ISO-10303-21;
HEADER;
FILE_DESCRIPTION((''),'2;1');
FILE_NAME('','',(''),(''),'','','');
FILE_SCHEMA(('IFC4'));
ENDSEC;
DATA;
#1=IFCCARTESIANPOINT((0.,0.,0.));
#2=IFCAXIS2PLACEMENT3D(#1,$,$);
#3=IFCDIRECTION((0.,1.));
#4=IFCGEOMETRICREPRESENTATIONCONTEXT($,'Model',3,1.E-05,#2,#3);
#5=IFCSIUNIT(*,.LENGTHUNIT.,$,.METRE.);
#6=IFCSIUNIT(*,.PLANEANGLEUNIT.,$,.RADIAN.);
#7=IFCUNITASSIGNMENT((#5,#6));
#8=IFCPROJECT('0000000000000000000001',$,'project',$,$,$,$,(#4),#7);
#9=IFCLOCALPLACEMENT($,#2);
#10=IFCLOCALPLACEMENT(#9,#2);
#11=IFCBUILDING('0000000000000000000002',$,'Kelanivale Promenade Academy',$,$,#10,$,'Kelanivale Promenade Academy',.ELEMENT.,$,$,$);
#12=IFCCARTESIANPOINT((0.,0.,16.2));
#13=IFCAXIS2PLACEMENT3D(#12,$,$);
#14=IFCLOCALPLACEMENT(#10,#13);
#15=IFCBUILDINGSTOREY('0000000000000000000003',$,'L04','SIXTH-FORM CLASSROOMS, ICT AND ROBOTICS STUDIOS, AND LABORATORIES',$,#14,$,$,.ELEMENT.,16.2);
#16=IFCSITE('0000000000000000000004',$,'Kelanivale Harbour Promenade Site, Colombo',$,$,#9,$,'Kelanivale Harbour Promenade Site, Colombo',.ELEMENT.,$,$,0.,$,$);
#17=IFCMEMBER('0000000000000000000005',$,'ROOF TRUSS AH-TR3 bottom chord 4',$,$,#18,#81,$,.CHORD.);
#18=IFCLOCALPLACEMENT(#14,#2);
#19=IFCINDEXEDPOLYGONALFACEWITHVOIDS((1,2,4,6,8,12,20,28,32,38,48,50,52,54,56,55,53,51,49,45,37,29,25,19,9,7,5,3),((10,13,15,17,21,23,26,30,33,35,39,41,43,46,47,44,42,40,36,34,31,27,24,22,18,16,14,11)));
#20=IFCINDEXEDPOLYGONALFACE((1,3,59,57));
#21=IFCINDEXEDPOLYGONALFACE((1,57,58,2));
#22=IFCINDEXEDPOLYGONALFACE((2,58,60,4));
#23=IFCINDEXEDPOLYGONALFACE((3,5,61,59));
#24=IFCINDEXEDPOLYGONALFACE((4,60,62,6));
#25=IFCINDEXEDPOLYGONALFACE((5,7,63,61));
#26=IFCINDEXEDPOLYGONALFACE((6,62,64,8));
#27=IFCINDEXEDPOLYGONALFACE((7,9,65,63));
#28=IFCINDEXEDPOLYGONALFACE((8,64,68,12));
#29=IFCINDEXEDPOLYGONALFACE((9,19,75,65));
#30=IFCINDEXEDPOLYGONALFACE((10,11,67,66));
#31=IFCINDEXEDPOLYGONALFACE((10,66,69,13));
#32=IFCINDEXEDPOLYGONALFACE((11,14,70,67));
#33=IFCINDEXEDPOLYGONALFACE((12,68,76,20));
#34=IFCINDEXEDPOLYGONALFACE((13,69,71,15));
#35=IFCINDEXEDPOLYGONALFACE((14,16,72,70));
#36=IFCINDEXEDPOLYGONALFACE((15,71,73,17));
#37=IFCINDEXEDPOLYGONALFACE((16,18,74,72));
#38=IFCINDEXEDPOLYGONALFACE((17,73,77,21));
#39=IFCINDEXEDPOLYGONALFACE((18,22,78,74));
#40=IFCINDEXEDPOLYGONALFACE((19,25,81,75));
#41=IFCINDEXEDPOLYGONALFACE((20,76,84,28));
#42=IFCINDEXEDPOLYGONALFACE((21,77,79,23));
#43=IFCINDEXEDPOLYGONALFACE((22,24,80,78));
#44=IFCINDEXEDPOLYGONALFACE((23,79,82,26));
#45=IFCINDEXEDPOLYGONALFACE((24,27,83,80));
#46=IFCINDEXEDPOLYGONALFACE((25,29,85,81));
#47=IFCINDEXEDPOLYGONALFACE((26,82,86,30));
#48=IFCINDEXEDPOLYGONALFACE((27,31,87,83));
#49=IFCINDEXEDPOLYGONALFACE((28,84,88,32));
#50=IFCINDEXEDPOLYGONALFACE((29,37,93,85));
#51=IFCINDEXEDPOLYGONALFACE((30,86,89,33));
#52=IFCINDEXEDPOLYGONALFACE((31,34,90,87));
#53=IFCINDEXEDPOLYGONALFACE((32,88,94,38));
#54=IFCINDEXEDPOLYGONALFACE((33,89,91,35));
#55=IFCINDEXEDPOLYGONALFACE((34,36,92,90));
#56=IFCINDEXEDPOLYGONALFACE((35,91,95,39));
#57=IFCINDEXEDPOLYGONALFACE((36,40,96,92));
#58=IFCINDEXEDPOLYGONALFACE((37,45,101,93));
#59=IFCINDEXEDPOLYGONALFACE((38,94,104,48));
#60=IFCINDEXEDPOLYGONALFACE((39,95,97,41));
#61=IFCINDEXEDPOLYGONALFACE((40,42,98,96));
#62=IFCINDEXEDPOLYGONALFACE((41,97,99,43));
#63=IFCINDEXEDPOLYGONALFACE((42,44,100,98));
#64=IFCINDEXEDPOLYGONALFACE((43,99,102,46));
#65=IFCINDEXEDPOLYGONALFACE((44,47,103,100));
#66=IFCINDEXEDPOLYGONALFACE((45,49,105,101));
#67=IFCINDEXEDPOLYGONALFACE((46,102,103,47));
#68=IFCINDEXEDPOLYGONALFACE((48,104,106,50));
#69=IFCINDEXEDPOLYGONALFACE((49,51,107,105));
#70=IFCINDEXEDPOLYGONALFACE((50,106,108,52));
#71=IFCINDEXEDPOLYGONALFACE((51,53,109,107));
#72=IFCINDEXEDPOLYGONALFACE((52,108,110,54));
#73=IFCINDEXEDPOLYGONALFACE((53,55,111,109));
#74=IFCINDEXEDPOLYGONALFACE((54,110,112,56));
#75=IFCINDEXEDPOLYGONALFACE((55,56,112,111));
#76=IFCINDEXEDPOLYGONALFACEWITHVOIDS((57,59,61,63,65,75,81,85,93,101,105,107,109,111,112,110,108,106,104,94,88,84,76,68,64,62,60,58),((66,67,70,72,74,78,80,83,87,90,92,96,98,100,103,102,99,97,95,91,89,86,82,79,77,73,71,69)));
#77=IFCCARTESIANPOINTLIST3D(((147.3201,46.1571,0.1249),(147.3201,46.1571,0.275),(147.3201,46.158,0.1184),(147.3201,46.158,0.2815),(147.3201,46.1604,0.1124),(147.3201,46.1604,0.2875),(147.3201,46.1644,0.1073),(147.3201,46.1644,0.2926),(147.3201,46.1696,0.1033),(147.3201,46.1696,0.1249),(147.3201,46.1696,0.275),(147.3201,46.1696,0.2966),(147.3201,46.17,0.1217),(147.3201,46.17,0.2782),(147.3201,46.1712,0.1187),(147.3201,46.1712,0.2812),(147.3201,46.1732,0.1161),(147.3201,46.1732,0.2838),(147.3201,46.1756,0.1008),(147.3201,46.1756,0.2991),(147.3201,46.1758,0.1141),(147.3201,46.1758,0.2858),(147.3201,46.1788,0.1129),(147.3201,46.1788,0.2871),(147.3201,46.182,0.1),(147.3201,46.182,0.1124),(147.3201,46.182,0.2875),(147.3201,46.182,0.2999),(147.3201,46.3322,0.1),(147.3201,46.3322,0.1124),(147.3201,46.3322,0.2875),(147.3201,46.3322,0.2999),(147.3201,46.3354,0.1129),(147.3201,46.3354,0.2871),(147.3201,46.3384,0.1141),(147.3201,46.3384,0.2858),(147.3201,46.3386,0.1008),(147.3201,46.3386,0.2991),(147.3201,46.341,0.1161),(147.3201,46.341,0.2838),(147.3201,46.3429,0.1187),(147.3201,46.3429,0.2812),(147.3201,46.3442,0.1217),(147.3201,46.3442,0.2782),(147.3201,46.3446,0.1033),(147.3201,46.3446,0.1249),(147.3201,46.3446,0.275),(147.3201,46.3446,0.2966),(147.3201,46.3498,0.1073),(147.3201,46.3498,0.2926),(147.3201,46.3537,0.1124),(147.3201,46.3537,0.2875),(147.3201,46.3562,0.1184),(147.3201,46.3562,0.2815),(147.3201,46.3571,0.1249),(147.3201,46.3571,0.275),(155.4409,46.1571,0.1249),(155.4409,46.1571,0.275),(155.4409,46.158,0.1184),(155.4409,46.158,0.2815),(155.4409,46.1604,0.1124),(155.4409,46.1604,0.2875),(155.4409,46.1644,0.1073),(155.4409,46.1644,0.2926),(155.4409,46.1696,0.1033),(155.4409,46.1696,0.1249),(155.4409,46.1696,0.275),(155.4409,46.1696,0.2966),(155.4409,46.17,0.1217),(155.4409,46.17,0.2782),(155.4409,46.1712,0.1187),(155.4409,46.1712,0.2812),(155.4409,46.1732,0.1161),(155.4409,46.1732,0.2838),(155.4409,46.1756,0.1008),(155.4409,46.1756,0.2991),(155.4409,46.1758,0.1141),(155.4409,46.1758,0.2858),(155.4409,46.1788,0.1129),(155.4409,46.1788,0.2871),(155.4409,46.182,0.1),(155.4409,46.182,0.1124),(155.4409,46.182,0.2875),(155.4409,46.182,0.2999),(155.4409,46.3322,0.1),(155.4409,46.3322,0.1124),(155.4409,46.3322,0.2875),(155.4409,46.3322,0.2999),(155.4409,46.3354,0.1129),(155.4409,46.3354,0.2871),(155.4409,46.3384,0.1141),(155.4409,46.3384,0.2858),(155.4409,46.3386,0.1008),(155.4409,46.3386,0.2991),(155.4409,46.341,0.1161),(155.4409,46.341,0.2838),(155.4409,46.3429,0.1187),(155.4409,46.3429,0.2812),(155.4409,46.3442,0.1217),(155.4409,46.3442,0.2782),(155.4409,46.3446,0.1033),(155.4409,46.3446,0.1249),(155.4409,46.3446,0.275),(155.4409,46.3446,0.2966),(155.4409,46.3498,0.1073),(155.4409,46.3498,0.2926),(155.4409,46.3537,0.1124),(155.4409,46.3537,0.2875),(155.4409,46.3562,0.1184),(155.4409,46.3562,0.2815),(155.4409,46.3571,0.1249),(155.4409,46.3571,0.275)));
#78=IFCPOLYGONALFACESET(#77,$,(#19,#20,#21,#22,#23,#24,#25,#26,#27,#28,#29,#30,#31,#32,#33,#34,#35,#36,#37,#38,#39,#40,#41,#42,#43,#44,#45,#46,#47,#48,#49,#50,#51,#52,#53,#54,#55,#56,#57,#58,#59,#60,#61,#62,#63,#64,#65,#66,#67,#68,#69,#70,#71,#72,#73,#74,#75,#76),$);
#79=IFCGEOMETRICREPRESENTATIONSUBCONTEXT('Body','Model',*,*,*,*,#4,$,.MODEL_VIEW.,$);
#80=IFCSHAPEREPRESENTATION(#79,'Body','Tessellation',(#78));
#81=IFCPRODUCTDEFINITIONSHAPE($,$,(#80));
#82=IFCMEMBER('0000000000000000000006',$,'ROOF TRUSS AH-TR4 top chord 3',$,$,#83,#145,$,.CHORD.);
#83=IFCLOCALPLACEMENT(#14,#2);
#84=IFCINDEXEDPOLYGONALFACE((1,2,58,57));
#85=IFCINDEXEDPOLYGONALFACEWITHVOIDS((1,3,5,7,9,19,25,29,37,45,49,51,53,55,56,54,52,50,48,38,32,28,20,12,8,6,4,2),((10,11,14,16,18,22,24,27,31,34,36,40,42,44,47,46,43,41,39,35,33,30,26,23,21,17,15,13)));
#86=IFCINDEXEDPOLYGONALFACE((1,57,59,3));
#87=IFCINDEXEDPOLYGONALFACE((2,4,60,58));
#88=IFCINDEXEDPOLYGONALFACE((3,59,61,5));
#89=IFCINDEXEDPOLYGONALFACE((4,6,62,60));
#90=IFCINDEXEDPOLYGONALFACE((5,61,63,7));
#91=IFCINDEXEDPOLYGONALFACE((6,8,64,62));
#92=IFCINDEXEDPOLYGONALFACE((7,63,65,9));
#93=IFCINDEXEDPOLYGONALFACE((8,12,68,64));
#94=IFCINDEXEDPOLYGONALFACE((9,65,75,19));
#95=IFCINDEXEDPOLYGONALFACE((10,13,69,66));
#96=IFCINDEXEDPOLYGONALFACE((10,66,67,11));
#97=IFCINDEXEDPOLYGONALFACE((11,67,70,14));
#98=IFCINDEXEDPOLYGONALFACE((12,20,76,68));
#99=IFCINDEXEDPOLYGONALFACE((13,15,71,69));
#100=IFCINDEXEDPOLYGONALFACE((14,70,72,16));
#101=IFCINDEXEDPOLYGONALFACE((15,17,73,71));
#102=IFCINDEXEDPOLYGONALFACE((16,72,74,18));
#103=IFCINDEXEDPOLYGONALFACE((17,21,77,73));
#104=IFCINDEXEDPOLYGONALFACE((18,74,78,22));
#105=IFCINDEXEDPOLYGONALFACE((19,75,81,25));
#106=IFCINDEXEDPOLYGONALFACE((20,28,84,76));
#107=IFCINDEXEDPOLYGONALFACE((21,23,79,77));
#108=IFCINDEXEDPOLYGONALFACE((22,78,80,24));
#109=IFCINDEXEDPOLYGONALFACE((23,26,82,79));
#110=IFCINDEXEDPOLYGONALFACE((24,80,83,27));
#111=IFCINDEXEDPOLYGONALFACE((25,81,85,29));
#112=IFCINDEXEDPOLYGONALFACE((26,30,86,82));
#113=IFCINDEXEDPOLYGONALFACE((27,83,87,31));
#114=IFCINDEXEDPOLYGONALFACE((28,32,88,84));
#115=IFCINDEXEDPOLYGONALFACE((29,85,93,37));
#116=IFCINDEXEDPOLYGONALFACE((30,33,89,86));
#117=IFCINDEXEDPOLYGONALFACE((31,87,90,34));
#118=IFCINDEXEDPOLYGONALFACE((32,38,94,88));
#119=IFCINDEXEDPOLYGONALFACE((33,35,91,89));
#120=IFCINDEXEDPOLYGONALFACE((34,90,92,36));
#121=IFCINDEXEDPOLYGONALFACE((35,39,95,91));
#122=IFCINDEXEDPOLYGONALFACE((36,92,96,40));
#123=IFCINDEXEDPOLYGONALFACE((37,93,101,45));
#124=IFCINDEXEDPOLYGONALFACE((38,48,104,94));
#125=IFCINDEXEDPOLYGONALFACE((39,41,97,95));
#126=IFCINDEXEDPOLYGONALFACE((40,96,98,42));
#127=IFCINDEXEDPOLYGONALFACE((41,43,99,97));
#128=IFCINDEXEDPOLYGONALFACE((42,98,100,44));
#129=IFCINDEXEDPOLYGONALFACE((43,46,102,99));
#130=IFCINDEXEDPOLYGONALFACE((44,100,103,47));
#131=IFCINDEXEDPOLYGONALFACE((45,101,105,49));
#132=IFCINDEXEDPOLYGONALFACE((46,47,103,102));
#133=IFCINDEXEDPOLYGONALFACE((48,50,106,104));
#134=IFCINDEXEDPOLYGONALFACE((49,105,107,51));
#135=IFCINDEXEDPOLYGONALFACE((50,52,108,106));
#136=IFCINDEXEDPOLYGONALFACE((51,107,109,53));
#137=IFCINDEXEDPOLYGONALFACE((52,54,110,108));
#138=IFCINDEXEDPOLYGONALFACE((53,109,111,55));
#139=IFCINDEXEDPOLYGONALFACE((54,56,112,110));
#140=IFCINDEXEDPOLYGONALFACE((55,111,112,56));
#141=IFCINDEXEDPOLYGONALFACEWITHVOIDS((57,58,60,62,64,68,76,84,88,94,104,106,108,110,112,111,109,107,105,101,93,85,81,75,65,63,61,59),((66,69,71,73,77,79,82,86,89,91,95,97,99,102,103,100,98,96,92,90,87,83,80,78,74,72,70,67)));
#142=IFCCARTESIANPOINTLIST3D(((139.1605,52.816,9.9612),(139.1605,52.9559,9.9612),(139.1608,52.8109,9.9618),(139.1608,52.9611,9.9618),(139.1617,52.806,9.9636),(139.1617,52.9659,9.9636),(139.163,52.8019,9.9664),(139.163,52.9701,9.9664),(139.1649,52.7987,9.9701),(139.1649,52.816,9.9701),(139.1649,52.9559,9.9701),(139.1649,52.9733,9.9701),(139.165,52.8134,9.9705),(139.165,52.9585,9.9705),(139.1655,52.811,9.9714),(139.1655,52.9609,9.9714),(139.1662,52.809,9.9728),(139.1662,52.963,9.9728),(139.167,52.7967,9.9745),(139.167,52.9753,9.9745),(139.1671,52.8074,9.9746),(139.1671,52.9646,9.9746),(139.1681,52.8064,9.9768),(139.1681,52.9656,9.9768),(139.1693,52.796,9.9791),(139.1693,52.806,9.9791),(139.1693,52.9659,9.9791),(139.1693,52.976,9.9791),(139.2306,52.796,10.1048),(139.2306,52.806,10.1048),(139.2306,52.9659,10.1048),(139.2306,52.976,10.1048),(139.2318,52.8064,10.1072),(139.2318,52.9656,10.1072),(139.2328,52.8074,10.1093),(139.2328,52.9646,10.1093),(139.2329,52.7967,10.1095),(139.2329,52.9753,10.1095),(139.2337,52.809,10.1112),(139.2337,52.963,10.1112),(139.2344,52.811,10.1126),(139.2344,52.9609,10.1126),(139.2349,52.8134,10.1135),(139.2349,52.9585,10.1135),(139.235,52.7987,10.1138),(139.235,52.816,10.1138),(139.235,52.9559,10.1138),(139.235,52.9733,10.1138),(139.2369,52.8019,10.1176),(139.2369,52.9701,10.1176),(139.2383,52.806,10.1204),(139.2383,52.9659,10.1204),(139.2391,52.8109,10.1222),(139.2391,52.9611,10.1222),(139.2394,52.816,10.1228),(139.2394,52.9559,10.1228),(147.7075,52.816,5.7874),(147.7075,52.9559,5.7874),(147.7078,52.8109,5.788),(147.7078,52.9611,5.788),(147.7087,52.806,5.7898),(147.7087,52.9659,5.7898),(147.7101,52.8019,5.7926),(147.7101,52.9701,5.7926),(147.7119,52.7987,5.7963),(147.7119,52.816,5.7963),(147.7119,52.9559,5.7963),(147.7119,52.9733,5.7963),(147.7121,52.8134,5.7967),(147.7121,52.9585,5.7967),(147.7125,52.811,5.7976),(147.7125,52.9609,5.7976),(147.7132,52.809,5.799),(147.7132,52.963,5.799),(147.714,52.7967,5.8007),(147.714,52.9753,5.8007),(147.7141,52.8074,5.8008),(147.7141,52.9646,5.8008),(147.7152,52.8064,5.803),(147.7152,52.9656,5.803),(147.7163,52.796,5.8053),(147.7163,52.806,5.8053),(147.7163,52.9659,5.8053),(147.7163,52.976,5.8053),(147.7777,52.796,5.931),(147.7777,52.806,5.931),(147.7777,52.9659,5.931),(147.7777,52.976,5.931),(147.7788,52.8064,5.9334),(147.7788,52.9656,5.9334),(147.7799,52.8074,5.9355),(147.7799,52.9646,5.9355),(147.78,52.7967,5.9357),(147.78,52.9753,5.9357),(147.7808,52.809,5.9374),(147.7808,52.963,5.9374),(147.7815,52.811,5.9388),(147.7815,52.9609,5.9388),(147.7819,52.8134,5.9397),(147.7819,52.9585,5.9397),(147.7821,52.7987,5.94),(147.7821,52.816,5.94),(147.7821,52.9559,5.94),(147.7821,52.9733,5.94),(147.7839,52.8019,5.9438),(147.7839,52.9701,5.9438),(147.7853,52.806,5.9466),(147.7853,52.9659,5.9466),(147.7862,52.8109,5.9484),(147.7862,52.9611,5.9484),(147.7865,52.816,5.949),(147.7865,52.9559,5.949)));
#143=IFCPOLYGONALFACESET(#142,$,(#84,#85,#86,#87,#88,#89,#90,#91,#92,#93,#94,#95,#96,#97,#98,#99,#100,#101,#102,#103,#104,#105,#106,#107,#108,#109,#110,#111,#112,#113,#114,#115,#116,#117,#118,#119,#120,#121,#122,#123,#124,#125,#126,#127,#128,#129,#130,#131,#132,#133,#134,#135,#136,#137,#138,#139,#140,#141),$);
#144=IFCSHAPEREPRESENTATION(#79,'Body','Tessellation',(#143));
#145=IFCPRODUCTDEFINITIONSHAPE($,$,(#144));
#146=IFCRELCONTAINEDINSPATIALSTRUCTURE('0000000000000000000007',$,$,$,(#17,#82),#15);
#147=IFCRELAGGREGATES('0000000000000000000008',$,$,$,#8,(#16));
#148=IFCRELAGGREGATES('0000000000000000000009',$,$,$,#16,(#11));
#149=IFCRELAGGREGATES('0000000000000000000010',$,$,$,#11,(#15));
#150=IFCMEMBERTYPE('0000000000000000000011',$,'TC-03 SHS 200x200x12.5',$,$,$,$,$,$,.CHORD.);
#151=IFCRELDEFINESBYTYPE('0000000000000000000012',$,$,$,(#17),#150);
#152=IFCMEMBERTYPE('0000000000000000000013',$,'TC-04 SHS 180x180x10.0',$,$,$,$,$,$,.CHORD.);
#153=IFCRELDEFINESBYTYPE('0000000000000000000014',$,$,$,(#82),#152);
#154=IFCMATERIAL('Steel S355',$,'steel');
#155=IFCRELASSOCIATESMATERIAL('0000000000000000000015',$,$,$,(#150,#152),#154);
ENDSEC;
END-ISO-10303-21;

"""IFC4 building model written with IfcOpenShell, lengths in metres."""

from ifc_helpers import new_model, si_unit, direction, frame, origin, origin_2d, place, context, subcontext, project, spatial, hollow_rectangle, extrude, material, material_profile, profile_set, type_object, element, save


model = new_model("IFC4")

# Units and contexts
model_context = context("Model", 3, precision=1e-05, world=origin(), true_north=direction((0.0, 1.0)))
body_context = subcontext(model_context, "Body", "Model", "MODEL_VIEW")
ifc_project = project(units=[si_unit("LENGTHUNIT", "METRE"), si_unit("PLANEANGLEUNIT", "RADIAN")], contexts=[model_context])

# Site, building, storey
site_placement = place(None, origin())
site = spatial("IfcSite", under=ifc_project, at=site_placement, Name="Kelanivale Harbour Promenade Site, Colombo", LongName="Kelanivale Harbour Promenade Site, Colombo", CompositionType="ELEMENT", RefElevation=0.0)
building_placement = place(site_placement, origin())
building = spatial("IfcBuilding", under=site, at=building_placement, Name="Kelanivale Promenade Academy", LongName="Kelanivale Promenade Academy", CompositionType="ELEMENT")
storey_placement = place(building_placement, frame((0.0, 0.0, 16.2)))
storey = spatial("IfcBuildingStorey", under=building, at=storey_placement, Name="L04", Description="SIXTH-FORM CLASSROOMS, ICT AND ROBOTICS STUDIOS, AND LABORATORIES", CompositionType="ELEMENT", Elevation=16.2)

# Members
ifc_material_1 = material(Name="Steel S355", Category="steel")
ifc_material_profile_1 = material_profile(ifc_material_1, hollow_rectangle(XDim=0.2, YDim=0.2, WallThickness=0.0125, InnerFilletRadius=0.0125, OuterFilletRadius=0.0249, at=origin_2d()), Name="SHS 200x200x12.5")
ifc_profile_set_1 = profile_set([ifc_material_profile_1], Name="Steel S355")
member_type_1 = type_object("IfcMemberType", Name="TC-03 SHS 200x200x12.5", PredefinedType="CHORD", material=ifc_profile_set_1)
member_1_placement = place(storey_placement, frame((147.3201, 46.2571, 0.2), z_axis=(1.0, 0.0, 0.0), x_axis=(0.0, 1.0, 0.0)))
element("IfcMember", 1, at=member_1_placement, inside=storey, type_object=member_type_1, Name="ROOF TRUSS AH-TR3 bottom chord 4", PredefinedType="CHORD", context=body_context, shape_type="SweptSolid", body=[
    extrude(hollow_rectangle(XDim=0.2, YDim=0.2, WallThickness=0.0125, InnerFilletRadius=0.0125, OuterFilletRadius=0.0249, at=origin_2d()), origin(), (0.0, 0.0, 1.0), 8.1208),
])
ifc_material_profile_2 = material_profile(ifc_material_1, hollow_rectangle(XDim=0.1799, YDim=0.1799, WallThickness=0.01, InnerFilletRadius=0.01, OuterFilletRadius=0.02, at=origin_2d()), Name="SHS 180x180x10.0")
ifc_profile_set_2 = profile_set([ifc_material_profile_2], Name="Steel S355")
member_type_2 = type_object("IfcMemberType", Name="TC-04 SHS 180x180x10.0", PredefinedType="CHORD", material=ifc_profile_set_2)
member_2_placement = place(storey_placement, frame((139.2, 52.886, 10.042), z_axis=(0.898582, 0.0, -0.438806), x_axis=(0.0, 1.0, 0.0)))
element("IfcMember", 2, at=member_2_placement, inside=storey, type_object=member_type_2, Name="ROOF TRUSS AH-TR4 top chord 3", PredefinedType="CHORD", context=body_context, shape_type="SweptSolid", body=[
    extrude(hollow_rectangle(XDim=0.1799, YDim=0.1799, WallThickness=0.01, InnerFilletRadius=0.01, OuterFilletRadius=0.02, at=origin_2d()), origin(), (0.0, 0.0, 1.0), 9.5117),
])

save(model, "model.ifc")
